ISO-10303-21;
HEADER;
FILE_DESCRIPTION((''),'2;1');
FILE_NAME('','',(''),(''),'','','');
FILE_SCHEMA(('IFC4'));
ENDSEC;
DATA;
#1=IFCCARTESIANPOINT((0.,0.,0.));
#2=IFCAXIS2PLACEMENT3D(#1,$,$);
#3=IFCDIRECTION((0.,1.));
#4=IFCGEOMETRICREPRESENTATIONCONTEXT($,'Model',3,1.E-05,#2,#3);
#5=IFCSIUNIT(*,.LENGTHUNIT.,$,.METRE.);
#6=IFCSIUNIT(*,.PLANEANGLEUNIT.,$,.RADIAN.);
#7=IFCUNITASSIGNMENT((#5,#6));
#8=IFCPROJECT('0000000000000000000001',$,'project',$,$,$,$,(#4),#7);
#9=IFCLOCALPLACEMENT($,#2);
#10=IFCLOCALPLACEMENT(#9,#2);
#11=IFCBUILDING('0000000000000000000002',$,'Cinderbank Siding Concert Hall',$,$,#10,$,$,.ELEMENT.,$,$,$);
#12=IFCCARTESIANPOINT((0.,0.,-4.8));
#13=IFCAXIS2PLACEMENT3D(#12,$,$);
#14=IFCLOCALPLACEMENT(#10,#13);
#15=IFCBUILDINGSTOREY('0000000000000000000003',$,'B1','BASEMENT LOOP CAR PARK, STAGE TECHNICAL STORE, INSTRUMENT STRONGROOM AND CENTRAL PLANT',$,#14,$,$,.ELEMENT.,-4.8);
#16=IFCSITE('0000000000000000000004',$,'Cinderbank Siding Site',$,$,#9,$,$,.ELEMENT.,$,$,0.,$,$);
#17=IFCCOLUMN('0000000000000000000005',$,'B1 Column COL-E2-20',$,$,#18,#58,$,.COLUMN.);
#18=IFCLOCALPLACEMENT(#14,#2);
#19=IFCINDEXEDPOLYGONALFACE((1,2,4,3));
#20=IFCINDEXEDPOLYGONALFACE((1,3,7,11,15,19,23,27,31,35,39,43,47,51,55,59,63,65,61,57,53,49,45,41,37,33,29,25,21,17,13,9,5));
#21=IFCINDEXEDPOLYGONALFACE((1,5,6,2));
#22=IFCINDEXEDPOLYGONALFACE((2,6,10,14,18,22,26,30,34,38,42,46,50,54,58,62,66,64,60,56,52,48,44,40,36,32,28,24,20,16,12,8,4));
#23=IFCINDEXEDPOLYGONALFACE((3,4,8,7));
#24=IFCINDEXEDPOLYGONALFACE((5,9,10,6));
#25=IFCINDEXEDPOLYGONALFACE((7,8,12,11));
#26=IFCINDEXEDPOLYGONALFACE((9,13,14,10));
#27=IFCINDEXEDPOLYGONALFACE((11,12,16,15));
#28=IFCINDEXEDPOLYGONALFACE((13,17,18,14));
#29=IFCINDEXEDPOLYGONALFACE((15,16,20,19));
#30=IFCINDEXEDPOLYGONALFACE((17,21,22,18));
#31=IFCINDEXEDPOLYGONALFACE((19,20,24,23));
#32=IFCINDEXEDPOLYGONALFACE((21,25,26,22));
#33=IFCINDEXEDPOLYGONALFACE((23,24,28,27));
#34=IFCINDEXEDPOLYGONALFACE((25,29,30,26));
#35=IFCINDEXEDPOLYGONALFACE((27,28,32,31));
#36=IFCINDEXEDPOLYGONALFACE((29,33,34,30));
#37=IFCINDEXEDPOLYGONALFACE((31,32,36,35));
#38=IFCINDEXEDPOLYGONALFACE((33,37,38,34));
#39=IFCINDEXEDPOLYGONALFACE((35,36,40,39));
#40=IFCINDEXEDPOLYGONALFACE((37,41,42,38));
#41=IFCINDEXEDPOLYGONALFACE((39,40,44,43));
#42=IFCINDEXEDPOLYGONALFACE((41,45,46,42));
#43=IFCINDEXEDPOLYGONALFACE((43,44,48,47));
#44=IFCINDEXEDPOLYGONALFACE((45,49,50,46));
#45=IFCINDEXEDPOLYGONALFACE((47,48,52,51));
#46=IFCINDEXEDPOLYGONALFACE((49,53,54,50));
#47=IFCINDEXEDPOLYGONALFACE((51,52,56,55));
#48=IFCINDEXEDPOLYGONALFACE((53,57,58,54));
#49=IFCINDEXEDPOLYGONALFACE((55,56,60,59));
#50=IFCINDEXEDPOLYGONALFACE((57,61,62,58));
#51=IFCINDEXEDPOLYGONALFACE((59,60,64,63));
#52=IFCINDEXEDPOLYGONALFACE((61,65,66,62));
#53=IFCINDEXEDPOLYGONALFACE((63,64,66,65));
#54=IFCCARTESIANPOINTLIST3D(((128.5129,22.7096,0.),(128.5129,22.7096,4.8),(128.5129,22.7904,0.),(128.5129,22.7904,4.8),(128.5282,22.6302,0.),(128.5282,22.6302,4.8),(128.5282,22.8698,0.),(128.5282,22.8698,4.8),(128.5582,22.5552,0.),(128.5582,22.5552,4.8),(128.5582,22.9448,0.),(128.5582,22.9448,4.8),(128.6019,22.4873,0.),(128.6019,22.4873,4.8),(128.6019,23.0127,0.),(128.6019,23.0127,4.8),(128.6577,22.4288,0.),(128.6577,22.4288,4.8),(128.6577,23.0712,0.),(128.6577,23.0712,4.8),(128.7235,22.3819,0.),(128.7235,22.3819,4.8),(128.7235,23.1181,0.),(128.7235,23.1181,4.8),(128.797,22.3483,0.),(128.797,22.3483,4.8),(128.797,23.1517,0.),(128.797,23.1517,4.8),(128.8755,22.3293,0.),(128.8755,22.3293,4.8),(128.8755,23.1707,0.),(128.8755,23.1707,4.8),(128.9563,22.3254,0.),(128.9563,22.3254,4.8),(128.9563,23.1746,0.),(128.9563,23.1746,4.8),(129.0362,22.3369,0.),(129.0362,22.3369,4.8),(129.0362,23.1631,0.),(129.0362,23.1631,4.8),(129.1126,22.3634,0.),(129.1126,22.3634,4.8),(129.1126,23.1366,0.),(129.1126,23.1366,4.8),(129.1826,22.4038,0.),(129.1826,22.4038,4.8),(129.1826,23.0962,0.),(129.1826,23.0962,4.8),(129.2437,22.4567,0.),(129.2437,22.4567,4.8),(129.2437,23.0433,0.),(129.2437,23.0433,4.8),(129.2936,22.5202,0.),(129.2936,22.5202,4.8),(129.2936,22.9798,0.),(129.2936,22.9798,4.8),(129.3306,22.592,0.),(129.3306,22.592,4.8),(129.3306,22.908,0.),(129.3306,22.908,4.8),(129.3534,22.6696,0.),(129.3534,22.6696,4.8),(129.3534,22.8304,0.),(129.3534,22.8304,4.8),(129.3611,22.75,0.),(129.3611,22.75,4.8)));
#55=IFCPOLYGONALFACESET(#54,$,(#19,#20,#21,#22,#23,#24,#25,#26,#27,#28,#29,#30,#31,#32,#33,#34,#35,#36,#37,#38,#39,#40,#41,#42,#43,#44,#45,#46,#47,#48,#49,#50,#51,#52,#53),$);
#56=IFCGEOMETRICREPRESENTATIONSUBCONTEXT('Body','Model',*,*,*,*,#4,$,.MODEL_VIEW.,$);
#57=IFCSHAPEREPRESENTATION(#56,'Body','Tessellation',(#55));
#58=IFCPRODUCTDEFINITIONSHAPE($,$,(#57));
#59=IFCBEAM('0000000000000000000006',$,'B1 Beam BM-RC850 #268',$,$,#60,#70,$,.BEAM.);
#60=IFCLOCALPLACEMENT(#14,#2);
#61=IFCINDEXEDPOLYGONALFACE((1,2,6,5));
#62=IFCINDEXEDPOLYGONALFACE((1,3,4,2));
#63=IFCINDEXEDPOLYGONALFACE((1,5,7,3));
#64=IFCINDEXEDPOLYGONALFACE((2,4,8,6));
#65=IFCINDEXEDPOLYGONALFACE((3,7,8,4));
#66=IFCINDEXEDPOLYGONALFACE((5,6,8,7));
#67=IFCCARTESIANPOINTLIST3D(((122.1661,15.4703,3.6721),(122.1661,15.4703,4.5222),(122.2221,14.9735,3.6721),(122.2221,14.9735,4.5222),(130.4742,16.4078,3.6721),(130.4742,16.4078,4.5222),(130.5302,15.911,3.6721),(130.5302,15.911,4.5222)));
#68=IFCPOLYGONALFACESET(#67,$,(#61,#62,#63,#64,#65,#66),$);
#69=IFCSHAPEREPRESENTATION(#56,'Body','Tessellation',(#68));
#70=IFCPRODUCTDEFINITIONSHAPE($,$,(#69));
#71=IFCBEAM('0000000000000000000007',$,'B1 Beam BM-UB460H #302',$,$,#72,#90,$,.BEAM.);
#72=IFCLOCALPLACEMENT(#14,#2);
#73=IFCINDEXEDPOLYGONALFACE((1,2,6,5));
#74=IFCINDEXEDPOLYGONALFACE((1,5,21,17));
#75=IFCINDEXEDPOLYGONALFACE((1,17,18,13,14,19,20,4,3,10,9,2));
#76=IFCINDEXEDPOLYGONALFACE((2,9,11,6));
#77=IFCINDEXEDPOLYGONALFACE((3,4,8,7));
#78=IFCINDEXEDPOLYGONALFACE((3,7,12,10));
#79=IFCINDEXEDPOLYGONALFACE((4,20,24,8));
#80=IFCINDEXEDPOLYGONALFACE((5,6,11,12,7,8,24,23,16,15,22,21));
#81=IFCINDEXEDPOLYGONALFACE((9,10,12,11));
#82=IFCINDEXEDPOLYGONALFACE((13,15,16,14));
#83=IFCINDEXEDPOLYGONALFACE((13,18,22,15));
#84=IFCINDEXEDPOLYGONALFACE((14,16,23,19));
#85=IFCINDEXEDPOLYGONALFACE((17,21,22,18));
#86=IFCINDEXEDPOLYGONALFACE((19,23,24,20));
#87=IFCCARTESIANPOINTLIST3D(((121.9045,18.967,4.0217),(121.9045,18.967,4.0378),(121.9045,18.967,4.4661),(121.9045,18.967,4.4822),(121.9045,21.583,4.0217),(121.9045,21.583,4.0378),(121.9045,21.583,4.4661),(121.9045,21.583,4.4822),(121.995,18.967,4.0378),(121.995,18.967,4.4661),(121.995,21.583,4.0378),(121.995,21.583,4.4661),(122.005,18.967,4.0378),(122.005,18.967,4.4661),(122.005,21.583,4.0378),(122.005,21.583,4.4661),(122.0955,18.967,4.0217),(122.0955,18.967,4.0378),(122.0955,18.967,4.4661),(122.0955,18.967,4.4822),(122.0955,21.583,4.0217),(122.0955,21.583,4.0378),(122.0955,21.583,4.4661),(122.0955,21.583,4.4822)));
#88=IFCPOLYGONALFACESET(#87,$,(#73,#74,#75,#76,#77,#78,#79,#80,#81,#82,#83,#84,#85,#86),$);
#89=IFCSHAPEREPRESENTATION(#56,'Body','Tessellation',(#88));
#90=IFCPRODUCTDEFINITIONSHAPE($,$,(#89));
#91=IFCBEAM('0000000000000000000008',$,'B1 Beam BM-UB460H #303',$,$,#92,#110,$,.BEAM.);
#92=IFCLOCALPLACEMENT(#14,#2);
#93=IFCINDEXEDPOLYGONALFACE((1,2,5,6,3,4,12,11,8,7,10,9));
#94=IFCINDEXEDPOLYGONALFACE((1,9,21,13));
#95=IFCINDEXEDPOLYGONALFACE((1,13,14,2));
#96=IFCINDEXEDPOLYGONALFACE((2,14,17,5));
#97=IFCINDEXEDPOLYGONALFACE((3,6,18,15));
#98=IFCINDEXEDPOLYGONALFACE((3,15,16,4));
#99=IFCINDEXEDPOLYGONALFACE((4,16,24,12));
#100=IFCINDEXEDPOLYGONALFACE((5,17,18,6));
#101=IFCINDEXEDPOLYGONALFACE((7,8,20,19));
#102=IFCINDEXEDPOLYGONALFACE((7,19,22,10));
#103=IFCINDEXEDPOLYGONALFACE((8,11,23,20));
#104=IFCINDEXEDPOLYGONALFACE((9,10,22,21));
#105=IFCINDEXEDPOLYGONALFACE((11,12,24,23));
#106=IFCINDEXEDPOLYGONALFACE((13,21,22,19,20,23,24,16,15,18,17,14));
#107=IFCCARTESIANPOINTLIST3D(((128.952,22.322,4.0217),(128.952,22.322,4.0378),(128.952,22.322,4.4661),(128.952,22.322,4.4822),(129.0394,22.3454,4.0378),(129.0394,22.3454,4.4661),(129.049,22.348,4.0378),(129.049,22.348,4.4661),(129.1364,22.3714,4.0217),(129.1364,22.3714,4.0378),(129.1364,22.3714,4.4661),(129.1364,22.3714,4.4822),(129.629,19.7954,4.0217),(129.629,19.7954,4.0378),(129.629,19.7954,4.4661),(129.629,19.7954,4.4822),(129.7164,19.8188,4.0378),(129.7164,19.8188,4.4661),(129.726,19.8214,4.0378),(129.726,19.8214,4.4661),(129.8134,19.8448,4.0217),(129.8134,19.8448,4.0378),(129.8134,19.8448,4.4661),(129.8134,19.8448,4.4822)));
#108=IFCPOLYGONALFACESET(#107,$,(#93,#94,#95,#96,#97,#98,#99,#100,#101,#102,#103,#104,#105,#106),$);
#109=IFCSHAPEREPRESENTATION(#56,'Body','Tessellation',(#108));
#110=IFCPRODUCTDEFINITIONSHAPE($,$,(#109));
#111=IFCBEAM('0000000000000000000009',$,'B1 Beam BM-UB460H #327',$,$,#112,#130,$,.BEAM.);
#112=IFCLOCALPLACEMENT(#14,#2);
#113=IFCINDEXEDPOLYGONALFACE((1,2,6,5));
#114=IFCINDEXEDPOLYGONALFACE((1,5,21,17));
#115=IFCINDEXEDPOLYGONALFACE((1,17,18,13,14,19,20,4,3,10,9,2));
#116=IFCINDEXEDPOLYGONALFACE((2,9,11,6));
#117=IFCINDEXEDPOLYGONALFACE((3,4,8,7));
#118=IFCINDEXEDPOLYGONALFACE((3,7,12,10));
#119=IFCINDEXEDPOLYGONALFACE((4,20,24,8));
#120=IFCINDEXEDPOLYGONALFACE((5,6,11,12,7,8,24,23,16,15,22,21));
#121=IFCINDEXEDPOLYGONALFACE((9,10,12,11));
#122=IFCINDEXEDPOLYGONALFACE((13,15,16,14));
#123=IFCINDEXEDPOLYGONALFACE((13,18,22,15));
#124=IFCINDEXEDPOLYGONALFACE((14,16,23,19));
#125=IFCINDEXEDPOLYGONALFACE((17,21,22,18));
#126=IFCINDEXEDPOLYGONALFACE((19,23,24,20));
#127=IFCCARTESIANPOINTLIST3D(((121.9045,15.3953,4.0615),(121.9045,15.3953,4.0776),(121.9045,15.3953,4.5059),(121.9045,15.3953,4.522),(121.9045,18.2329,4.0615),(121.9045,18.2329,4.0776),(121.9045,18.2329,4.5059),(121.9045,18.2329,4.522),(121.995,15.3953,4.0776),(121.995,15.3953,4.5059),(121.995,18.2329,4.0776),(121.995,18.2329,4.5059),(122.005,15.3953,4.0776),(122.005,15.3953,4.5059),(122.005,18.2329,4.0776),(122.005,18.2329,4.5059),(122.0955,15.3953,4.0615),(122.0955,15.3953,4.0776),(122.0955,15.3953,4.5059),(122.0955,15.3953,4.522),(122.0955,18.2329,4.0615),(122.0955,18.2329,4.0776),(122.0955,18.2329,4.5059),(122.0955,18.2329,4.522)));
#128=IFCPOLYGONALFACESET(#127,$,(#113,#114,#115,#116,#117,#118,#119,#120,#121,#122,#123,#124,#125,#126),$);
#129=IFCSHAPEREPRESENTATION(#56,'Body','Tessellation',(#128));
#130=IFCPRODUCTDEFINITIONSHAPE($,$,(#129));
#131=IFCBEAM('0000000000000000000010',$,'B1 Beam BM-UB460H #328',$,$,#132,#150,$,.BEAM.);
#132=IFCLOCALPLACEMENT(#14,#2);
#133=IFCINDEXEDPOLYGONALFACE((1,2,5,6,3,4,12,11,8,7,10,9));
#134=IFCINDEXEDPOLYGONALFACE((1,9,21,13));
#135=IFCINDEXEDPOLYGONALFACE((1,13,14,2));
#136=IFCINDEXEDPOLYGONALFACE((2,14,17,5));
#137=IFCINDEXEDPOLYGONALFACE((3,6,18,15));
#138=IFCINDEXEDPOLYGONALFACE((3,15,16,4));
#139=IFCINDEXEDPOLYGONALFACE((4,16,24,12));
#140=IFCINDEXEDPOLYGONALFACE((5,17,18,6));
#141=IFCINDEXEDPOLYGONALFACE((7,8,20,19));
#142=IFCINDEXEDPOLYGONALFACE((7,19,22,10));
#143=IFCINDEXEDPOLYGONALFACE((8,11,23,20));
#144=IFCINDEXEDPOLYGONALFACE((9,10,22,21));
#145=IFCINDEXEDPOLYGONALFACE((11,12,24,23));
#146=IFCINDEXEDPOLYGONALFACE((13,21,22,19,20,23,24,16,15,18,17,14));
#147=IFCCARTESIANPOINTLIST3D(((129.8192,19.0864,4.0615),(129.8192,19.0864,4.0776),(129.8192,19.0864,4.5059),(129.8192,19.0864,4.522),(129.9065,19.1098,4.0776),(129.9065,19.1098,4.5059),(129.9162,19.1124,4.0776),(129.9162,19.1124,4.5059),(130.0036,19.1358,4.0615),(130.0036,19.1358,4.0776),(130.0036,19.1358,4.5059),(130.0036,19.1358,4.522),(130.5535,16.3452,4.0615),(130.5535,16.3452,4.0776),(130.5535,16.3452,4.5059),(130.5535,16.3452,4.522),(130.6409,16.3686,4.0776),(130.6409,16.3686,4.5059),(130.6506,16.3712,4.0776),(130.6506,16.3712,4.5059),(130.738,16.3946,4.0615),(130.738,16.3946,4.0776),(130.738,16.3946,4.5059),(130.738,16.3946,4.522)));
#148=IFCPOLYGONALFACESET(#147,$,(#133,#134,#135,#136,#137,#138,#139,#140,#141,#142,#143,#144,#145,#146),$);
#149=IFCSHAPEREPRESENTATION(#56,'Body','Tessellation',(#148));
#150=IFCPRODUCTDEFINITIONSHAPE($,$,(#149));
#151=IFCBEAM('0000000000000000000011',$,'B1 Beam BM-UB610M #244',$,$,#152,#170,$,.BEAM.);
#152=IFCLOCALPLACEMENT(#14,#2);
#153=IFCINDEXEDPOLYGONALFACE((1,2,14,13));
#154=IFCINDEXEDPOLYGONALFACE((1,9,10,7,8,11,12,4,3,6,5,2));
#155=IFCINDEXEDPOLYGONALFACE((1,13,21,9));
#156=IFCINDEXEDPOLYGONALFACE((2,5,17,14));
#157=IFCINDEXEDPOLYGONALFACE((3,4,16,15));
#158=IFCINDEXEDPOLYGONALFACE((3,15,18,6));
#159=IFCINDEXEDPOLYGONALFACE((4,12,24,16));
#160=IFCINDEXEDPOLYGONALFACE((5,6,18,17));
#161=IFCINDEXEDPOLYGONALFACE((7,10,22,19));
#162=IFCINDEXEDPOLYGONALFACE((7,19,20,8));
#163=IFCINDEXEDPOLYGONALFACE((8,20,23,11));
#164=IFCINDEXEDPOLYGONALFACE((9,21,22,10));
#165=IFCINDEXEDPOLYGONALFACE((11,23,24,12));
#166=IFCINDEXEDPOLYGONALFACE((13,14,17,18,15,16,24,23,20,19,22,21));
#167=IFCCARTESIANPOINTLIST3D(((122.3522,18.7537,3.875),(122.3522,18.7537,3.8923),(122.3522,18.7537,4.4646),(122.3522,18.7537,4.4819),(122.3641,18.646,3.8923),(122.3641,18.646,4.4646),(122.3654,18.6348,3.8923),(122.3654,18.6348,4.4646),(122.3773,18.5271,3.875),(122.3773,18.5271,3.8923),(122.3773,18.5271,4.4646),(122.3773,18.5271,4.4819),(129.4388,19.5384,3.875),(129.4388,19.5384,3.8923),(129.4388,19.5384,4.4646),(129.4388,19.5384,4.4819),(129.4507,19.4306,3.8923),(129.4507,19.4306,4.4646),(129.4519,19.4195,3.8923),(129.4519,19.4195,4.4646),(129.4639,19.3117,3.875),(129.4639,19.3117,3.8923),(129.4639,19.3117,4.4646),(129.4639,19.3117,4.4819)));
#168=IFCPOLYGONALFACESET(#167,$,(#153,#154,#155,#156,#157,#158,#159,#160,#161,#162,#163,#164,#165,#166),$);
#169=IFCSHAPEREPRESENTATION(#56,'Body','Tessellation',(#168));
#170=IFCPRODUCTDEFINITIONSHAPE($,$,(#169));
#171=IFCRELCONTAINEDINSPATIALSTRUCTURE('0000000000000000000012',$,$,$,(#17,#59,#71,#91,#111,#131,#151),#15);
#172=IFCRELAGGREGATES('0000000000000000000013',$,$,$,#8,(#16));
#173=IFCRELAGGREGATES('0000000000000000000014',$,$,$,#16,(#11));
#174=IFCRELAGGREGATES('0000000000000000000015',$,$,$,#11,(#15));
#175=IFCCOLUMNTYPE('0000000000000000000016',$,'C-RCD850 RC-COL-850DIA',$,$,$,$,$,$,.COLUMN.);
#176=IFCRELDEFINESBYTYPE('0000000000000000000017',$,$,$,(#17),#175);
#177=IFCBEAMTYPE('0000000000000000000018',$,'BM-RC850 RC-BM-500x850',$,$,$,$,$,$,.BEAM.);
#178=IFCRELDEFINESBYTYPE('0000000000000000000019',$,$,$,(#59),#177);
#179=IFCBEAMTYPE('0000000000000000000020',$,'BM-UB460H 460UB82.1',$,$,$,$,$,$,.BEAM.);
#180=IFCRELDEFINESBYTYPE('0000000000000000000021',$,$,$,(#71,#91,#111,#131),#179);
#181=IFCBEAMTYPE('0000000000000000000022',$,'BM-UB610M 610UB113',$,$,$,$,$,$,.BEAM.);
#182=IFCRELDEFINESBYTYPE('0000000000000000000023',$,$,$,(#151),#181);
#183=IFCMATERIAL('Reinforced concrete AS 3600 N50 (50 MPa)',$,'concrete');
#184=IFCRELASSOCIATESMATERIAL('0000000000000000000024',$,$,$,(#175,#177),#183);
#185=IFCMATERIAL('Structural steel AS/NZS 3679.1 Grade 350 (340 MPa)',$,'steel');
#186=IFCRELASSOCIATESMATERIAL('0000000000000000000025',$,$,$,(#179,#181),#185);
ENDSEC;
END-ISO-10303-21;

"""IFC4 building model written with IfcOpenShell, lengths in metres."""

from ifc_helpers import new_model, si_unit, direction, frame, origin, origin_2d, place, context, subcontext, project, spatial, rectangle, circle, i_section, extrude, material, material_profile, profile_set, type_object, element, save


model = new_model("IFC4")

# Units and contexts
model_context = context("Model", 3, precision=1e-05, world=origin(), true_north=direction((0.0, 1.0)))
body_context = subcontext(model_context, "Body", "Model", "MODEL_VIEW")
ifc_project = project(units=[si_unit("LENGTHUNIT", "METRE"), si_unit("PLANEANGLEUNIT", "RADIAN")], contexts=[model_context])

# Site, building, storey
site_placement = place(None, origin())
site = spatial("IfcSite", under=ifc_project, at=site_placement, Name="Cinderbank Siding Site", CompositionType="ELEMENT", RefElevation=0.0)
building_placement = place(site_placement, origin())
building = spatial("IfcBuilding", under=site, at=building_placement, Name="Cinderbank Siding Concert Hall", CompositionType="ELEMENT")
storey_placement = place(building_placement, frame((0.0, 0.0, -4.8)))
storey = spatial("IfcBuildingStorey", under=building, at=storey_placement, Name="B1", Description="BASEMENT LOOP CAR PARK, STAGE TECHNICAL STORE, INSTRUMENT STRONGROOM AND CENTRAL PLANT", CompositionType="ELEMENT", Elevation=-4.8)

# Column
ifc_material_1 = material(Name="Reinforced concrete AS 3600 N50 (50 MPa)", Category="concrete")
ifc_material_profile_1 = material_profile(ifc_material_1, circle(Radius=0.425, at=origin_2d()), Name="RC-COL-850DIA", Category="LoadBearing")
ifc_profile_set_1 = profile_set([ifc_material_profile_1], Name="Reinforced concrete AS 3600 N50 (50 MPa)")
column_type_1 = type_object("IfcColumnType", Name="C-RCD850 RC-COL-850DIA", PredefinedType="COLUMN", material=ifc_profile_set_1)
for number, where, z_axis, x_axis, name in (
    (1, (128.936, 22.75, 0.0), (0.0, 0.0, 1.0), (1.0, 0.0, 0.0), "B1 Column COL-E2-20"),
):
    element("IfcColumn", number, at=place(storey_placement, frame(where, z_axis=z_axis, x_axis=x_axis)), inside=storey, type_object=column_type_1, Name=name, PredefinedType="COLUMN", context=body_context, shape_type="SweptSolid", body=[
        extrude(circle(Radius=0.425, at=origin_2d()), origin(), (0.0, 0.0, 1.0), 4.8),
    ])

# Beams
ifc_material_profile_2 = material_profile(ifc_material_1, rectangle(XDim=0.5, YDim=0.8501, at=origin_2d()), Name="RC-BM-500x850", Category="LoadBearing")
ifc_profile_set_2 = profile_set([ifc_material_profile_2], Name="Reinforced concrete AS 3600 N50 (50 MPa)")
beam_type_1 = type_object("IfcBeamType", Name="BM-RC850 RC-BM-500x850", PredefinedType="BEAM", material=ifc_profile_set_2)
beam_1_placement = place(storey_placement, frame((122.1941, 15.2219, 4.0972), z_axis=(0.993694, 0.11213, 0.0), x_axis=(-0.11213, 0.993694, 0.0)))
element("IfcBeam", 2, at=beam_1_placement, inside=storey, type_object=beam_type_1, Name="B1 Beam BM-RC850 #268", PredefinedType="BEAM", context=body_context, shape_type="SweptSolid", body=[
    extrude(rectangle(XDim=0.5, YDim=0.8501, at=origin_2d()), origin(), (0.0, 0.0, 1.0), 8.3608),
])
ifc_material_2 = material(Name="Structural steel AS/NZS 3679.1 Grade 350 (340 MPa)", Category="steel")
ifc_material_profile_3 = material_profile(ifc_material_2, i_section(OverallWidth=0.1909, OverallDepth=0.4604, WebThickness=0.01, FlangeThickness=0.0161, at=origin_2d()), Name="460UB82.1", Category="LoadBearing")
ifc_profile_set_3 = profile_set([ifc_material_profile_3], Name="Structural steel AS/NZS 3679.1 Grade 350 (340 MPa)")
beam_type_2 = type_object("IfcBeamType", Name="BM-UB460H 460UB82.1", PredefinedType="BEAM", material=ifc_profile_set_3)
beam_2_placement = place(storey_placement, frame((122.0, 21.583, 4.252), z_axis=(0.0, -1.0, 0.0), x_axis=(1.0, 0.0, 0.0)))
element("IfcBeam", 3, at=beam_2_placement, inside=storey, type_object=beam_type_2, Name="B1 Beam BM-UB460H #302", PredefinedType="BEAM", context=body_context, shape_type="SweptSolid", body=[
    extrude(i_section(OverallWidth=0.1909, OverallDepth=0.4604, WebThickness=0.01, FlangeThickness=0.0161, at=origin_2d()), origin(), (0.0, 0.0, 1.0), 2.616),
])
beam_3_placement = place(storey_placement, frame((129.0442, 22.3467, 4.252), z_axis=(0.258819, -0.965926, 0.0), x_axis=(0.965926, 0.258819, 0.0)))
element("IfcBeam", 4, at=beam_3_placement, inside=storey, type_object=beam_type_2, Name="B1 Beam BM-UB460H #303", PredefinedType="BEAM", context=body_context, shape_type="SweptSolid", body=[
    extrude(i_section(OverallWidth=0.1909, OverallDepth=0.4604, WebThickness=0.01, FlangeThickness=0.0161, at=origin_2d()), origin(), (0.0, 0.0, 1.0), 2.6157),
])
beam_4_placement = place(storey_placement, frame((122.0, 18.2329, 4.2917), z_axis=(0.0, -1.0, 0.0), x_axis=(1.0, 0.0, 0.0)))
element("IfcBeam", 5, at=beam_4_placement, inside=storey, type_object=beam_type_2, Name="B1 Beam BM-UB460H #327", PredefinedType="BEAM", context=body_context, shape_type="SweptSolid", body=[
    extrude(i_section(OverallWidth=0.1909, OverallDepth=0.4604, WebThickness=0.01, FlangeThickness=0.0161, at=origin_2d()), origin(), (0.0, 0.0, 1.0), 2.8376),
])
beam_5_placement = place(storey_placement, frame((129.9114, 19.1111, 4.2917), z_axis=(0.258776, -0.965937, 0.0), x_axis=(0.965937, 0.258776, 0.0)))
element("IfcBeam", 6, at=beam_5_placement, inside=storey, type_object=beam_type_2, Name="B1 Beam BM-UB460H #328", PredefinedType="BEAM", context=body_context, shape_type="SweptSolid", body=[
    extrude(i_section(OverallWidth=0.1909, OverallDepth=0.4604, WebThickness=0.01, FlangeThickness=0.0161, at=origin_2d()), origin(), (0.0, 0.0, 1.0), 2.8379),
])
ifc_material_profile_4 = material_profile(ifc_material_2, i_section(OverallWidth=0.228, OverallDepth=0.6069, WebThickness=0.0112, FlangeThickness=0.0173, at=origin_2d()), Name="610UB113", Category="LoadBearing")
ifc_profile_set_4 = profile_set([ifc_material_profile_4], Name="Structural steel AS/NZS 3679.1 Grade 350 (340 MPa)")
beam_type_3 = type_object("IfcBeamType", Name="BM-UB610M 610UB113", PredefinedType="BEAM", material=ifc_profile_set_4)
beam_6_placement = place(storey_placement, frame((122.3647, 18.6404, 4.1785), z_axis=(0.993926, 0.110052, 0.0), x_axis=(-0.110052, 0.993926, 0.0)))
element("IfcBeam", 7, at=beam_6_placement, inside=storey, type_object=beam_type_3, Name="B1 Beam BM-UB610M #244", PredefinedType="BEAM", context=body_context, shape_type="SweptSolid", body=[
    extrude(i_section(OverallWidth=0.228, OverallDepth=0.6069, WebThickness=0.0112, FlangeThickness=0.0173, at=origin_2d()), origin(), (0.0, 0.0, 1.0), 7.1299),
])

save(model, "model.ifc")
